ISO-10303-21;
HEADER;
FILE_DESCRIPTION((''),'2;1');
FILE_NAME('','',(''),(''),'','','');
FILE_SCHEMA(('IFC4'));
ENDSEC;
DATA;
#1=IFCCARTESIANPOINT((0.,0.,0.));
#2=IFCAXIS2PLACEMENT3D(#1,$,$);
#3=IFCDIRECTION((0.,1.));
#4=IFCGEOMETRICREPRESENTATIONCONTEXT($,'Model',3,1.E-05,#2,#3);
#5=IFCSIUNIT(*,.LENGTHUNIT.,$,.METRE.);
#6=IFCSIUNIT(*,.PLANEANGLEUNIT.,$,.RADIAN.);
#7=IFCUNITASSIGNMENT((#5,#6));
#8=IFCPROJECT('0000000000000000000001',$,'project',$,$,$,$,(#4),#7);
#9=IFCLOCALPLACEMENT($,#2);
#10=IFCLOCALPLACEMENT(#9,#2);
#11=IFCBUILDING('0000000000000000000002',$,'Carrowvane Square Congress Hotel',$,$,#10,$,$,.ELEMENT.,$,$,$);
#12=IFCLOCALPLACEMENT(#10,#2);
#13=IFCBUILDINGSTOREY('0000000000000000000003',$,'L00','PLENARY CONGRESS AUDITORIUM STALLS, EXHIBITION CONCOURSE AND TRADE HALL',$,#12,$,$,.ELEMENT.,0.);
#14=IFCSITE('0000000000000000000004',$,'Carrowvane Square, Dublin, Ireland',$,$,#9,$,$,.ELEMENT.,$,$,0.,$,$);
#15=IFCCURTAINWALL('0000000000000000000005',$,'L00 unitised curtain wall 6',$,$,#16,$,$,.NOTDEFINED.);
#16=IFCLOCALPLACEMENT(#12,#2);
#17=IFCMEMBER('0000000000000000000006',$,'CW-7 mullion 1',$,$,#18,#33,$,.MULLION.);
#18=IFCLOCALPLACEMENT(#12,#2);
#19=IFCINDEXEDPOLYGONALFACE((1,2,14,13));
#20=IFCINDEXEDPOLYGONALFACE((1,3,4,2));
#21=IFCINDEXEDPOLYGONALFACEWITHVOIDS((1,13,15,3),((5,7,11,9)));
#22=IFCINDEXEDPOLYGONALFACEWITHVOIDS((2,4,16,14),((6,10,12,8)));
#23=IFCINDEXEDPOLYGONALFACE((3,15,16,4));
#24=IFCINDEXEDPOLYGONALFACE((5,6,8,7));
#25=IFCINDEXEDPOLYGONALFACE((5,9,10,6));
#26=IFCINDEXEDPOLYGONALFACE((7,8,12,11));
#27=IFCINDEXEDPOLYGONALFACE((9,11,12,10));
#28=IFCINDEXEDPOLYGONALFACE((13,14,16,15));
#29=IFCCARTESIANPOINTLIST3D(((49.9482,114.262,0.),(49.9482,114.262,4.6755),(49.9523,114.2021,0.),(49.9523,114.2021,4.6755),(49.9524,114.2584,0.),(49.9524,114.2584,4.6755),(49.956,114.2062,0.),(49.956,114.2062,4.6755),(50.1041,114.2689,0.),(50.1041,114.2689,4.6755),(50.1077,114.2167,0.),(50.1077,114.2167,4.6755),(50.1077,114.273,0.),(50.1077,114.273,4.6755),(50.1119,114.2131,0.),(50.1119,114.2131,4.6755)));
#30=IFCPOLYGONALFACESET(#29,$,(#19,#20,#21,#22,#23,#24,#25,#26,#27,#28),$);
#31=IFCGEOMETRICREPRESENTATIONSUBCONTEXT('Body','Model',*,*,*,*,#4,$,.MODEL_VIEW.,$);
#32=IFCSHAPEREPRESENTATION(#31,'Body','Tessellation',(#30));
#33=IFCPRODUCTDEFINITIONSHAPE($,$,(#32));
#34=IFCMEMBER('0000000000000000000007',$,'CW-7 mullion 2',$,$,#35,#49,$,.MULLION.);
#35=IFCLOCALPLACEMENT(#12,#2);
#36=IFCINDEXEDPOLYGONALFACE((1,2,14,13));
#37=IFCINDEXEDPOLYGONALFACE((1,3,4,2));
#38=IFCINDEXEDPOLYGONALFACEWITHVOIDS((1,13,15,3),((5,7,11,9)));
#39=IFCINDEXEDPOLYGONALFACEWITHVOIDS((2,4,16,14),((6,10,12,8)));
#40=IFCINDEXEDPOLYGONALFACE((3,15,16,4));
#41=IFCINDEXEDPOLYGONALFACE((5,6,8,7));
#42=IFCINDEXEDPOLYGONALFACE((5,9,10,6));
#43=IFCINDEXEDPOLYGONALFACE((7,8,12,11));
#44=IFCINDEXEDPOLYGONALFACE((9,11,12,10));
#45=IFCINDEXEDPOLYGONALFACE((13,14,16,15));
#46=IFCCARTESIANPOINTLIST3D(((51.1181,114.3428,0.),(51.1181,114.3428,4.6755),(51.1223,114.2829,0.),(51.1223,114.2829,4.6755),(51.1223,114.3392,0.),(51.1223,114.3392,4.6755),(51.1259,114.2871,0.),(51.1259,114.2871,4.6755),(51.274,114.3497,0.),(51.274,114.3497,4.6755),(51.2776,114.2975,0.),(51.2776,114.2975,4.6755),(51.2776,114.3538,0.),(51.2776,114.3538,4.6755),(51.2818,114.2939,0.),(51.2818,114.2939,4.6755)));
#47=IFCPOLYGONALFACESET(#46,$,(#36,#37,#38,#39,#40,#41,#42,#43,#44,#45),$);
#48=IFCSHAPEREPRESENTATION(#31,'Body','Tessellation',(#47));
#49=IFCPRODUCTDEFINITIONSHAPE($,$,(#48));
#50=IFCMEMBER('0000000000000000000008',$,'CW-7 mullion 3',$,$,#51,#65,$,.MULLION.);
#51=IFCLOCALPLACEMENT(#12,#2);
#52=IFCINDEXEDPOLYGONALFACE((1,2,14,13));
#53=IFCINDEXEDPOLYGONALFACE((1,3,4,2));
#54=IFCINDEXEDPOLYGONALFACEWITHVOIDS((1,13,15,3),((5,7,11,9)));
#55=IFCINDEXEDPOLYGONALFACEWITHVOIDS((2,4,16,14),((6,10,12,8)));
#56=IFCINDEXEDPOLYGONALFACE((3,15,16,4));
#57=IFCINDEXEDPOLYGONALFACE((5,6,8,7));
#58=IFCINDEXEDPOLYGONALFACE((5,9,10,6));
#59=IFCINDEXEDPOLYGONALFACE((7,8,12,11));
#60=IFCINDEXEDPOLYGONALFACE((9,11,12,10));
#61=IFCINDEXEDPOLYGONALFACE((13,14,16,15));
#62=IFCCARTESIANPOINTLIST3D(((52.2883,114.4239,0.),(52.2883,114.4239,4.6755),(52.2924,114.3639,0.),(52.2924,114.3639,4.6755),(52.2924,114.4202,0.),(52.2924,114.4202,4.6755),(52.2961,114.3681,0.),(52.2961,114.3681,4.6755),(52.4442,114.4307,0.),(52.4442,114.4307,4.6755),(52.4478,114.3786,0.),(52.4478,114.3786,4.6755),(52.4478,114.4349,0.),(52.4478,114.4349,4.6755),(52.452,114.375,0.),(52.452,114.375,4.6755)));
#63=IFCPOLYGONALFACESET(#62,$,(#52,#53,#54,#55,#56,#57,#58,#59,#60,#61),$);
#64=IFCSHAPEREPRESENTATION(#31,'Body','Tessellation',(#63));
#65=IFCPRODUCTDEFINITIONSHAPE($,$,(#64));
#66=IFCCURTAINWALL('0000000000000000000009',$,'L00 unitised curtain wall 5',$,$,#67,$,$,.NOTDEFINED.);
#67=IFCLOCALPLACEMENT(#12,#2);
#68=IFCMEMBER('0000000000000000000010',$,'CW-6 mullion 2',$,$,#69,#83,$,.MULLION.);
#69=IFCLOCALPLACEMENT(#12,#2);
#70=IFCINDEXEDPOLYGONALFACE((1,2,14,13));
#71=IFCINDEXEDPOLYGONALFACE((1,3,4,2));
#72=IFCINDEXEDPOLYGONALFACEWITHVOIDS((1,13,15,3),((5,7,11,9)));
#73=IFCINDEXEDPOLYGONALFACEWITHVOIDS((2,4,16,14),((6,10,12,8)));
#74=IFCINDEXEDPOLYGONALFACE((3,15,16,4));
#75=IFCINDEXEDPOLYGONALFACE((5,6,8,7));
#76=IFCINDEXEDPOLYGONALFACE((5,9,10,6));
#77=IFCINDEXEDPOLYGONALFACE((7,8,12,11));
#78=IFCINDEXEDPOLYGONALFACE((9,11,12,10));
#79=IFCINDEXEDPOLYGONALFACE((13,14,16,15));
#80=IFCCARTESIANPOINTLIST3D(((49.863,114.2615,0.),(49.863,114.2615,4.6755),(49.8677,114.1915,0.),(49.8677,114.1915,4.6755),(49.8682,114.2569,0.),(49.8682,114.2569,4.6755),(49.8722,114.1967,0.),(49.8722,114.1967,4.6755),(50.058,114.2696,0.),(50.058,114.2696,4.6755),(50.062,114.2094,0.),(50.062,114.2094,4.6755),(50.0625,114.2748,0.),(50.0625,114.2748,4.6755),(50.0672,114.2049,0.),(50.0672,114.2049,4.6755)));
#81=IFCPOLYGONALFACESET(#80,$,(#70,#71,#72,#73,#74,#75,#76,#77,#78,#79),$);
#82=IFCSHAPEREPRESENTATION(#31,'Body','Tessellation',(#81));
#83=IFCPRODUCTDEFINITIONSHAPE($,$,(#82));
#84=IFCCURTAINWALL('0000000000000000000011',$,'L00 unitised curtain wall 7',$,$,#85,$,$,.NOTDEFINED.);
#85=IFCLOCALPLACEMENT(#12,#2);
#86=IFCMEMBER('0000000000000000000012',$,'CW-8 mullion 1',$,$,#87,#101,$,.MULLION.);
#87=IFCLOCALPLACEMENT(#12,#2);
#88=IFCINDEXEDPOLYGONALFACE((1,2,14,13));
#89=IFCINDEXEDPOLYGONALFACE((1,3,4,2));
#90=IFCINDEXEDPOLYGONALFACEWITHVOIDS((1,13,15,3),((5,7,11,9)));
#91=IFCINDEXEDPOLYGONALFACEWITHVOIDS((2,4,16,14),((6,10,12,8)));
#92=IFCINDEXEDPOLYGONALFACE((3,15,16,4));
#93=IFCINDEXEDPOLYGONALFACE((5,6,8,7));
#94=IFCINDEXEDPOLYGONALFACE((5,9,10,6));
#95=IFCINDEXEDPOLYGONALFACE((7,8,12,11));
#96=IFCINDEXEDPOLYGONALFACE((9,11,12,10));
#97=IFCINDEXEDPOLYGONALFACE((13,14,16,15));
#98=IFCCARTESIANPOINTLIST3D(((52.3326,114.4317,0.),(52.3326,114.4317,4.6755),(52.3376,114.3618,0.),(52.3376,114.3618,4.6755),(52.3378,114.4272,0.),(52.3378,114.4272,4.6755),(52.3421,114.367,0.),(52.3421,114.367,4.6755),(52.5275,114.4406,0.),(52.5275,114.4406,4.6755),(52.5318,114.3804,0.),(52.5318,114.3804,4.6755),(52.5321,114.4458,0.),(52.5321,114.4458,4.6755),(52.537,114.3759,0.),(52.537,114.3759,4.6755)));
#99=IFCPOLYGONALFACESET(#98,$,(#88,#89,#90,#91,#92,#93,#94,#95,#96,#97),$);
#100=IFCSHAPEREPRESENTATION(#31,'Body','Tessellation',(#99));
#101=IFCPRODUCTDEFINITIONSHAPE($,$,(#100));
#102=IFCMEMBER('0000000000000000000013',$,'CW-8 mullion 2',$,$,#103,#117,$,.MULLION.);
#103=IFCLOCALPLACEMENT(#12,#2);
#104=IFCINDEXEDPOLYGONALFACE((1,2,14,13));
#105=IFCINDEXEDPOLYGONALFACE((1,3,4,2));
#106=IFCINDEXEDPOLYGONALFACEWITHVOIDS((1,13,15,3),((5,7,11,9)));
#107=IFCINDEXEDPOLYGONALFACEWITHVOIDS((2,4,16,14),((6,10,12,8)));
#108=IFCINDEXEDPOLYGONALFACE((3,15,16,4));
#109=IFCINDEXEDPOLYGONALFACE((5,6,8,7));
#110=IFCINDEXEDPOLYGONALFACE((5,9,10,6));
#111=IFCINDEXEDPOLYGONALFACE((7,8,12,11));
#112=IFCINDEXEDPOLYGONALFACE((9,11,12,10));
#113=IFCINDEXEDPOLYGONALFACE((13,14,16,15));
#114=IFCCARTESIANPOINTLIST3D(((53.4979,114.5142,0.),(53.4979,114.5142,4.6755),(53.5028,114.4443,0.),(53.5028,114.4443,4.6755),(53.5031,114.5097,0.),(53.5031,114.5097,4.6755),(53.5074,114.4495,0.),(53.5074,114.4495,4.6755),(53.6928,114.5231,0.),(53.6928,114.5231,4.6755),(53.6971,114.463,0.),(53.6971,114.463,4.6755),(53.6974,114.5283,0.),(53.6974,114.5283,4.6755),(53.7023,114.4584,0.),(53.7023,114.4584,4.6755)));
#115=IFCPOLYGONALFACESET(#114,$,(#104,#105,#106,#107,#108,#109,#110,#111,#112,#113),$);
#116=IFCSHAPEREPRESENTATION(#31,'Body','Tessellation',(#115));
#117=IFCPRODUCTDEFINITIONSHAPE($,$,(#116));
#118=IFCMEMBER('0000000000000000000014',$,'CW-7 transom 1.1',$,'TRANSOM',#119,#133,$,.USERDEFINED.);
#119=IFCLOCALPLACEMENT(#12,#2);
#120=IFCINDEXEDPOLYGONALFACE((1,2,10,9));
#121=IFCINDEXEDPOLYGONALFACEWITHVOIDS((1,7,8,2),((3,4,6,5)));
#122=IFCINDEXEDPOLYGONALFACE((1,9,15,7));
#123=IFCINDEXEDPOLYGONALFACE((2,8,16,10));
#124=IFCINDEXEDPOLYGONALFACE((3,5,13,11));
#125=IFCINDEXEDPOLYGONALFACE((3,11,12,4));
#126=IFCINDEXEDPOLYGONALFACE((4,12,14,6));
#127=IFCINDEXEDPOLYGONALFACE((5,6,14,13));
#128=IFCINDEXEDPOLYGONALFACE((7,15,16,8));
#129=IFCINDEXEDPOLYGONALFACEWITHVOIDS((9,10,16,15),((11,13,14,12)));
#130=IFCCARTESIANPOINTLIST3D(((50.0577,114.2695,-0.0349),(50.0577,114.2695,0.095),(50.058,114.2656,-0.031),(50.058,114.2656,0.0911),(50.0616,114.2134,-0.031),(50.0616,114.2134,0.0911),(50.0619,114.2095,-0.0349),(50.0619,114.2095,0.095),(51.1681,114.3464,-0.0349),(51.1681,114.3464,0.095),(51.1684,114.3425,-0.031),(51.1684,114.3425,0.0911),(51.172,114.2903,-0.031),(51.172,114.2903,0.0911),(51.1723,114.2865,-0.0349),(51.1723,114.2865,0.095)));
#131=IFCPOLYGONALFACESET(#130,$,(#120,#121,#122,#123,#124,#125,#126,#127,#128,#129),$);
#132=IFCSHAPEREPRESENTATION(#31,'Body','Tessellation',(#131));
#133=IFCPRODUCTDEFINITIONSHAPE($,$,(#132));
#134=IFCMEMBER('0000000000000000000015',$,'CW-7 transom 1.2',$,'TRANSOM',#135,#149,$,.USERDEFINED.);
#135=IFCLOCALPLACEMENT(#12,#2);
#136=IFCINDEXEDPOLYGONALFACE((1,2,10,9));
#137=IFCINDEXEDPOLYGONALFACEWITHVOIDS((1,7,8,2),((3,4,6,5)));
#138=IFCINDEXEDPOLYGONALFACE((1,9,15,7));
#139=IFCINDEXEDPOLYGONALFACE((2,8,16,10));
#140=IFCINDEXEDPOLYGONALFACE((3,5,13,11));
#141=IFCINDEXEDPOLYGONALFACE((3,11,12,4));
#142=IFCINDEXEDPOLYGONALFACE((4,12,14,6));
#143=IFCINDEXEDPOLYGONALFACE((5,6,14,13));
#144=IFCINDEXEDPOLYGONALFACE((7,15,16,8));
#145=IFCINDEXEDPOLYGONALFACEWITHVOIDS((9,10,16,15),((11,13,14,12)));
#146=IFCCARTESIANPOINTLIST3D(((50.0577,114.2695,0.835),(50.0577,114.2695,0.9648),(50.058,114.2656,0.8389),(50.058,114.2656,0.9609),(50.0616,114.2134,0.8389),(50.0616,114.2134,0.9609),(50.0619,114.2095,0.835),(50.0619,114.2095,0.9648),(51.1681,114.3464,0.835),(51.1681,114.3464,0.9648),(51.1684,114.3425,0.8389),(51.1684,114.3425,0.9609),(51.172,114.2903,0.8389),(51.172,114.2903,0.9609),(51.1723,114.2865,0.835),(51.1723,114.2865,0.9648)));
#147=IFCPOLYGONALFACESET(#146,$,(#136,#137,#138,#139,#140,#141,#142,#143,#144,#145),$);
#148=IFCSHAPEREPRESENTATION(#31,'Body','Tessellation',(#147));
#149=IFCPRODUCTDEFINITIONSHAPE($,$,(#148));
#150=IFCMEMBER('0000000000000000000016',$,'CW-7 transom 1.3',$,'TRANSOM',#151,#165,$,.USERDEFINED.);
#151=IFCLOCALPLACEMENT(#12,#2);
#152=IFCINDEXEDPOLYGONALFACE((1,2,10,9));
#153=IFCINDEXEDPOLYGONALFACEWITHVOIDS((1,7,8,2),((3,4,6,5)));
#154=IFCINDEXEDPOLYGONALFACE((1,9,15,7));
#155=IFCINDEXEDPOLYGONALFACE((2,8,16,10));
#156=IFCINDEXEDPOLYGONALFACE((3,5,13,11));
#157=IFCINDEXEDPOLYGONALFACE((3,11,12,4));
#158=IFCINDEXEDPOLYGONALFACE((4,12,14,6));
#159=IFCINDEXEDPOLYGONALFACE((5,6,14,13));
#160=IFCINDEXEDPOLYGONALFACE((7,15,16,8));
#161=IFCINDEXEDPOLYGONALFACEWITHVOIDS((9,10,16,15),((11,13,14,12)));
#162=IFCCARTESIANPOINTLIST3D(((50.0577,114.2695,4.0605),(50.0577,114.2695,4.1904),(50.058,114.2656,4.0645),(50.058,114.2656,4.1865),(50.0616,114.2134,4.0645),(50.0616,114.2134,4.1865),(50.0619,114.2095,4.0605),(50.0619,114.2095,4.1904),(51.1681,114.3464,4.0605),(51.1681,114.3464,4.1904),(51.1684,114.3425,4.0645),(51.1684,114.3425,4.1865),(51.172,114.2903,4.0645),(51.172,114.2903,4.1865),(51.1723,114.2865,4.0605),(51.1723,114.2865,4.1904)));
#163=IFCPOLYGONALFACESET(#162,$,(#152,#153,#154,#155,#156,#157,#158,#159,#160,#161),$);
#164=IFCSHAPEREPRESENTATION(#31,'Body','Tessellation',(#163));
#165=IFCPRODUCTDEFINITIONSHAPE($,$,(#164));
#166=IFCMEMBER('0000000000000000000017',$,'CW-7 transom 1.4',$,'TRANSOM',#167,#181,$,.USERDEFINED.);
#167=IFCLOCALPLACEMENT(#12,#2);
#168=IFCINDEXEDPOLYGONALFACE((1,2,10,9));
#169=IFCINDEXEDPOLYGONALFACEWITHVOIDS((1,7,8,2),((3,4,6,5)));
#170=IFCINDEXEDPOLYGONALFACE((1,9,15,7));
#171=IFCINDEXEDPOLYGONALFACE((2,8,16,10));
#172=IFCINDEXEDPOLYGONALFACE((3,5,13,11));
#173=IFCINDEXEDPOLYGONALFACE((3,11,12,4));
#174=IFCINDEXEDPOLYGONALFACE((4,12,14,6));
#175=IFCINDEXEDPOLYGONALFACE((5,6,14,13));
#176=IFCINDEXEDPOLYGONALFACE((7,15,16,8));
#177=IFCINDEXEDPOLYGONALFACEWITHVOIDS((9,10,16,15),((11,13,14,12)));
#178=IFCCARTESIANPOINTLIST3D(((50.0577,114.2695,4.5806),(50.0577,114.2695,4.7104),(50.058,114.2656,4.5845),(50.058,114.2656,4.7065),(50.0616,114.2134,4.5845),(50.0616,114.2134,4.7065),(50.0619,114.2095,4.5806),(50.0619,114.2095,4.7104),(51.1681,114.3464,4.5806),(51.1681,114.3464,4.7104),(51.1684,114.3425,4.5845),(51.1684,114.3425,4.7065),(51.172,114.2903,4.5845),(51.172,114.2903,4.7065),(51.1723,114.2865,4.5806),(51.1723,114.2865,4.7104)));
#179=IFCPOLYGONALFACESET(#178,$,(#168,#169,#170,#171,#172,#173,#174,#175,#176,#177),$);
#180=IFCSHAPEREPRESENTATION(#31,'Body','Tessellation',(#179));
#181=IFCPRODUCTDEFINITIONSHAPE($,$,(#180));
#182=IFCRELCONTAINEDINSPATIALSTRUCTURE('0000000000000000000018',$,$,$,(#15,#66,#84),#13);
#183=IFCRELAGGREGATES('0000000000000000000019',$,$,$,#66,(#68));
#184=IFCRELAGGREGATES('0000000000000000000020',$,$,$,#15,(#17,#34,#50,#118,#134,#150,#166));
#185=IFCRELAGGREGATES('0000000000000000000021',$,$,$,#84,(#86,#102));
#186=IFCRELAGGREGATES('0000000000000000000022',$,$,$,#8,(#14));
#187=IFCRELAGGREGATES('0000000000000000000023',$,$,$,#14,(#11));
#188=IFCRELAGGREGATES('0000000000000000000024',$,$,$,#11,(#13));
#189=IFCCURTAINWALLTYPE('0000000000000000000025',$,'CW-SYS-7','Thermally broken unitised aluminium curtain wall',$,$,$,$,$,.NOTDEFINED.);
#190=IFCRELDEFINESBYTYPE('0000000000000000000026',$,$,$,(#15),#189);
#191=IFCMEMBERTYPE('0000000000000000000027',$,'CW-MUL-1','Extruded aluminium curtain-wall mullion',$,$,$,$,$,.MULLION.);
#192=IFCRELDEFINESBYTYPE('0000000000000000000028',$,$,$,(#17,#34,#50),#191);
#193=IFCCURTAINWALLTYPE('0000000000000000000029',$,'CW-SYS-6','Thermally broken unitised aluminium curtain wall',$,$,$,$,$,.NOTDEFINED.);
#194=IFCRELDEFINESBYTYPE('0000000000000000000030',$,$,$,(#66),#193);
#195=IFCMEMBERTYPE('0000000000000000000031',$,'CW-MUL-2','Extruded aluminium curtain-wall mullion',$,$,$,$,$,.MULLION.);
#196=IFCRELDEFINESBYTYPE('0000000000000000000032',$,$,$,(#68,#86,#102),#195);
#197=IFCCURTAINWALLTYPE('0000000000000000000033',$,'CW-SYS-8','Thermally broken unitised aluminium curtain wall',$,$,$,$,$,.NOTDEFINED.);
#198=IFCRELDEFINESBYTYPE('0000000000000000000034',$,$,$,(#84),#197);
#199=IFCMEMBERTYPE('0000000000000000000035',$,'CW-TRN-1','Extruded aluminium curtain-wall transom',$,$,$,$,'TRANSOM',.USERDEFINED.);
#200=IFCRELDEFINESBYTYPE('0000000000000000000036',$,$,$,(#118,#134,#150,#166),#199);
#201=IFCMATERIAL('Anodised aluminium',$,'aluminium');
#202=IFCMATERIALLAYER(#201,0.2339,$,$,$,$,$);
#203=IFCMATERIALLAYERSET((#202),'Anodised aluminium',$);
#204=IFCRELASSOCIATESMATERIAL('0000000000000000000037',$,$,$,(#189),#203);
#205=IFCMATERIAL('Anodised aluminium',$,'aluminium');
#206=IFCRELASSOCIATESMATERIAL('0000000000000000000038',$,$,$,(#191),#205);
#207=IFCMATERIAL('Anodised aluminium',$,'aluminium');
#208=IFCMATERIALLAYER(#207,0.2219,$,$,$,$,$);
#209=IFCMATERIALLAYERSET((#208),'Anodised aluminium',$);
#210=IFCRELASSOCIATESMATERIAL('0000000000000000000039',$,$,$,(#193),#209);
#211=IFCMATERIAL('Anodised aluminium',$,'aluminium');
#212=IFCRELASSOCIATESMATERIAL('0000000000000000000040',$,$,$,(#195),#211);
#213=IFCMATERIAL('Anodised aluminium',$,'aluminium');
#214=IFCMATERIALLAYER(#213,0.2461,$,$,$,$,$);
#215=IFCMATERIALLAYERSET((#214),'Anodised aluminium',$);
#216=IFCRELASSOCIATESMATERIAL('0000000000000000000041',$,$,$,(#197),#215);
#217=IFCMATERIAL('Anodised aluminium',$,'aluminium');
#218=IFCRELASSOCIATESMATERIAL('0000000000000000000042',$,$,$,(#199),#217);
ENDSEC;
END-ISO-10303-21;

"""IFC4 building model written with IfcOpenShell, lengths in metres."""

from ifc_helpers import new_model, si_unit, direction, frame, origin, origin_2d, place, context, subcontext, project, spatial, hollow_rectangle, extrude, material, layer, layer_set, material_profile, profile_set, type_object, element, aggregate, save


model = new_model("IFC4")

# Units and contexts
model_context = context("Model", 3, precision=1e-05, world=origin(), true_north=direction((0.0, 1.0)))
body_context = subcontext(model_context, "Body", "Model", "MODEL_VIEW")
ifc_project = project(units=[si_unit("LENGTHUNIT", "METRE"), si_unit("PLANEANGLEUNIT", "RADIAN")], contexts=[model_context])

# Site, building, storey
site_placement = place(None, origin())
site = spatial("IfcSite", under=ifc_project, at=site_placement, Name="Carrowvane Square, Dublin, Ireland", CompositionType="ELEMENT", RefElevation=0.0)
building_placement = place(site_placement, origin())
building = spatial("IfcBuilding", under=site, at=building_placement, Name="Carrowvane Square Congress Hotel", CompositionType="ELEMENT")
storey_placement = place(building_placement, origin())
storey = spatial("IfcBuildingStorey", under=building, at=storey_placement, Name="L00", Description="PLENARY CONGRESS AUDITORIUM STALLS, EXHIBITION CONCOURSE AND TRADE HALL", CompositionType="ELEMENT", Elevation=0.0)

# Curtain wall, members
ifc_material_1 = material(Name="Anodised aluminium", Category="aluminium")
ifc_layer_1 = layer(ifc_material_1, 0.2339)
ifc_layer_set_1 = layer_set([ifc_layer_1], Name="Anodised aluminium")
curtain_wall_type_1 = type_object("IfcCurtainWallType", Name="CW-SYS-7", Description="Thermally broken unitised aluminium curtain wall", PredefinedType="NOTDEFINED", material=ifc_layer_set_1)
curtain_wall_1_placement = place(storey_placement, origin())
curtain_wall_1 = element("IfcCurtainWall", 1, at=curtain_wall_1_placement, inside=storey, type_object=curtain_wall_type_1, Name="L00 unitised curtain wall 6", PredefinedType="NOTDEFINED")
ifc_material_2 = material(Name="Anodised aluminium", Category="aluminium")
ifc_material_profile_1 = material_profile(ifc_material_2, hollow_rectangle(XDim=0.0601, YDim=0.1599, WallThickness=0.0039, at=origin_2d()), Name="CW-ML 60x160x4")
ifc_profile_set_1 = profile_set([ifc_material_profile_1], Name="Anodised aluminium")
member_type_1 = type_object("IfcMemberType", Name="CW-MUL-1", Description="Extruded aluminium curtain-wall mullion", PredefinedType="MULLION", material=ifc_profile_set_1)
member_1_placement = place(storey_placement, frame((50.03, 114.2375, 0.0), z_axis=(0.0, 0.0, 1.0), x_axis=(-0.068986, 0.997618, 0.0)))
member_1 = element("IfcMember", 2, at=member_1_placement, type_object=member_type_1, Name="CW-7 mullion 1", PredefinedType="MULLION", context=body_context, shape_type="SweptSolid", body=[
    extrude(hollow_rectangle(XDim=0.0601, YDim=0.1599, WallThickness=0.0039, at=origin_2d()), origin(), (0.0, 0.0, 1.0), 4.6755),
])
member_2_placement = place(storey_placement, frame((51.2, 114.3184, 0.0), z_axis=(0.0, 0.0, 1.0), x_axis=(-0.068986, 0.997618, 0.0)))
member_2 = element("IfcMember", 3, at=member_2_placement, type_object=member_type_1, Name="CW-7 mullion 2", PredefinedType="MULLION", context=body_context, shape_type="SweptSolid", body=[
    extrude(hollow_rectangle(XDim=0.0601, YDim=0.1599, WallThickness=0.0039, at=origin_2d()), origin(), (0.0, 0.0, 1.0), 4.6755),
])
member_3_placement = place(storey_placement, frame((52.3701, 114.3994, 0.0), z_axis=(0.0, 0.0, 1.0), x_axis=(-0.068986, 0.997618, 0.0)))
member_3 = element("IfcMember", 4, at=member_3_placement, type_object=member_type_1, Name="CW-7 mullion 3", PredefinedType="MULLION", context=body_context, shape_type="SweptSolid", body=[
    extrude(hollow_rectangle(XDim=0.0601, YDim=0.1599, WallThickness=0.0039, at=origin_2d()), origin(), (0.0, 0.0, 1.0), 4.6755),
])

# Curtain wall, member
ifc_material_3 = material(Name="Anodised aluminium", Category="aluminium")
ifc_layer_2 = layer(ifc_material_3, 0.2219)
ifc_layer_set_2 = layer_set([ifc_layer_2], Name="Anodised aluminium")
curtain_wall_type_2 = type_object("IfcCurtainWallType", Name="CW-SYS-6", Description="Thermally broken unitised aluminium curtain wall", PredefinedType="NOTDEFINED", material=ifc_layer_set_2)
curtain_wall_2_placement = place(storey_placement, origin())
curtain_wall_2 = element("IfcCurtainWall", 5, at=curtain_wall_2_placement, inside=storey, type_object=curtain_wall_type_2, Name="L00 unitised curtain wall 5", PredefinedType="NOTDEFINED")
ifc_material_4 = material(Name="Anodised aluminium", Category="aluminium")
ifc_material_profile_2 = material_profile(ifc_material_4, hollow_rectangle(XDim=0.0701, YDim=0.2, WallThickness=0.0049, at=origin_2d()), Name="CW-ML 70x200x5")
ifc_profile_set_2 = profile_set([ifc_material_profile_2], Name="Anodised aluminium")
member_type_2 = type_object("IfcMemberType", Name="CW-MUL-2", Description="Extruded aluminium curtain-wall mullion", PredefinedType="MULLION", material=ifc_profile_set_2)
member_4_placement = place(storey_placement, frame((49.9651, 114.2332, 0.0), z_axis=(0.0, 0.0, 1.0), x_axis=(-0.066578, 0.997781, 0.0)))
member_4 = element("IfcMember", 6, at=member_4_placement, type_object=member_type_2, Name="CW-6 mullion 2", PredefinedType="MULLION", context=body_context, shape_type="SweptSolid", body=[
    extrude(hollow_rectangle(XDim=0.0701, YDim=0.2, WallThickness=0.0049, at=origin_2d()), origin(), (0.0, 0.0, 1.0), 4.6755),
])

# Curtain wall, members
ifc_material_5 = material(Name="Anodised aluminium", Category="aluminium")
ifc_layer_3 = layer(ifc_material_5, 0.2461)
ifc_layer_set_3 = layer_set([ifc_layer_3], Name="Anodised aluminium")
curtain_wall_type_3 = type_object("IfcCurtainWallType", Name="CW-SYS-8", Description="Thermally broken unitised aluminium curtain wall", PredefinedType="NOTDEFINED", material=ifc_layer_set_3)
curtain_wall_3_placement = place(storey_placement, origin())
curtain_wall_3 = element("IfcCurtainWall", 7, at=curtain_wall_3_placement, inside=storey, type_object=curtain_wall_type_3, Name="L00 unitised curtain wall 7", PredefinedType="NOTDEFINED")
member_5_placement = place(storey_placement, frame((52.4348, 114.4038, 0.0), z_axis=(0.0, 0.0, 1.0), x_axis=(-0.070586, 0.997506, 0.0)))
member_5 = element("IfcMember", 8, at=member_5_placement, type_object=member_type_2, Name="CW-8 mullion 1", PredefinedType="MULLION", context=body_context, shape_type="SweptSolid", body=[
    extrude(hollow_rectangle(XDim=0.0701, YDim=0.2, WallThickness=0.0049, at=origin_2d()), origin(), (0.0, 0.0, 1.0), 4.6755),
])
member_6_placement = place(storey_placement, frame((53.6001, 114.4863, 0.0), z_axis=(0.0, 0.0, 1.0), x_axis=(-0.070586, 0.997506, 0.0)))
member_6 = element("IfcMember", 9, at=member_6_placement, type_object=member_type_2, Name="CW-8 mullion 2", PredefinedType="MULLION", context=body_context, shape_type="SweptSolid", body=[
    extrude(hollow_rectangle(XDim=0.0701, YDim=0.2, WallThickness=0.0049, at=origin_2d()), origin(), (0.0, 0.0, 1.0), 4.6755),
])

# Members
ifc_material_6 = material(Name="Anodised aluminium", Category="aluminium")
ifc_material_profile_3 = material_profile(ifc_material_6, hollow_rectangle(XDim=0.0601, YDim=0.1299, WallThickness=0.0039, at=origin_2d()), Name="CW-TR 60x130x4")
ifc_profile_set_3 = profile_set([ifc_material_profile_3], Name="Anodised aluminium")
member_type_3 = type_object("IfcMemberType", Name="CW-TRN-1", Description="Extruded aluminium curtain-wall transom", ElementType="TRANSOM", PredefinedType="USERDEFINED", material=ifc_profile_set_3)
member_7_placement = place(storey_placement, frame((50.0598, 114.2395, 0.03), z_axis=(0.99761, 0.069096, 0.0), x_axis=(-0.069096, 0.99761, 0.0)))
member_7 = element("IfcMember", 10, at=member_7_placement, type_object=member_type_3, Name="CW-7 transom 1.1", ObjectType="TRANSOM", PredefinedType="USERDEFINED", context=body_context, shape_type="SweptSolid", body=[
    extrude(hollow_rectangle(XDim=0.0601, YDim=0.1299, WallThickness=0.0039, at=origin_2d()), origin(), (0.0, 0.0, 1.0), 1.113),
])
member_8_placement = place(storey_placement, frame((50.0598, 114.2395, 0.8999), z_axis=(0.99761, 0.069096, 0.0), x_axis=(-0.069096, 0.99761, 0.0)))
member_8 = element("IfcMember", 11, at=member_8_placement, type_object=member_type_3, Name="CW-7 transom 1.2", ObjectType="TRANSOM", PredefinedType="USERDEFINED", context=body_context, shape_type="SweptSolid", body=[
    extrude(hollow_rectangle(XDim=0.0601, YDim=0.1299, WallThickness=0.0039, at=origin_2d()), origin(), (0.0, 0.0, 1.0), 1.113),
])
member_9_placement = place(storey_placement, frame((50.0598, 114.2395, 4.1255), z_axis=(0.99761, 0.069096, 0.0), x_axis=(-0.069096, 0.99761, 0.0)))
member_9 = element("IfcMember", 12, at=member_9_placement, type_object=member_type_3, Name="CW-7 transom 1.3", ObjectType="TRANSOM", PredefinedType="USERDEFINED", context=body_context, shape_type="SweptSolid", body=[
    extrude(hollow_rectangle(XDim=0.0601, YDim=0.1299, WallThickness=0.0039, at=origin_2d()), origin(), (0.0, 0.0, 1.0), 1.113),
])
member_10_placement = place(storey_placement, frame((50.0598, 114.2395, 4.6455), z_axis=(0.99761, 0.069096, 0.0), x_axis=(-0.069096, 0.99761, 0.0)))
member_10 = element("IfcMember", 13, at=member_10_placement, type_object=member_type_3, Name="CW-7 transom 1.4", ObjectType="TRANSOM", PredefinedType="USERDEFINED", context=body_context, shape_type="SweptSolid", body=[
    extrude(hollow_rectangle(XDim=0.0601, YDim=0.1299, WallThickness=0.0039, at=origin_2d()), origin(), (0.0, 0.0, 1.0), 1.113),
])

aggregate(curtain_wall_2, [member_4])
aggregate(curtain_wall_1, [member_1, member_2, member_3, member_7, member_8, member_9, member_10])
aggregate(curtain_wall_3, [member_5, member_6])

save(model, "model.ifc")
